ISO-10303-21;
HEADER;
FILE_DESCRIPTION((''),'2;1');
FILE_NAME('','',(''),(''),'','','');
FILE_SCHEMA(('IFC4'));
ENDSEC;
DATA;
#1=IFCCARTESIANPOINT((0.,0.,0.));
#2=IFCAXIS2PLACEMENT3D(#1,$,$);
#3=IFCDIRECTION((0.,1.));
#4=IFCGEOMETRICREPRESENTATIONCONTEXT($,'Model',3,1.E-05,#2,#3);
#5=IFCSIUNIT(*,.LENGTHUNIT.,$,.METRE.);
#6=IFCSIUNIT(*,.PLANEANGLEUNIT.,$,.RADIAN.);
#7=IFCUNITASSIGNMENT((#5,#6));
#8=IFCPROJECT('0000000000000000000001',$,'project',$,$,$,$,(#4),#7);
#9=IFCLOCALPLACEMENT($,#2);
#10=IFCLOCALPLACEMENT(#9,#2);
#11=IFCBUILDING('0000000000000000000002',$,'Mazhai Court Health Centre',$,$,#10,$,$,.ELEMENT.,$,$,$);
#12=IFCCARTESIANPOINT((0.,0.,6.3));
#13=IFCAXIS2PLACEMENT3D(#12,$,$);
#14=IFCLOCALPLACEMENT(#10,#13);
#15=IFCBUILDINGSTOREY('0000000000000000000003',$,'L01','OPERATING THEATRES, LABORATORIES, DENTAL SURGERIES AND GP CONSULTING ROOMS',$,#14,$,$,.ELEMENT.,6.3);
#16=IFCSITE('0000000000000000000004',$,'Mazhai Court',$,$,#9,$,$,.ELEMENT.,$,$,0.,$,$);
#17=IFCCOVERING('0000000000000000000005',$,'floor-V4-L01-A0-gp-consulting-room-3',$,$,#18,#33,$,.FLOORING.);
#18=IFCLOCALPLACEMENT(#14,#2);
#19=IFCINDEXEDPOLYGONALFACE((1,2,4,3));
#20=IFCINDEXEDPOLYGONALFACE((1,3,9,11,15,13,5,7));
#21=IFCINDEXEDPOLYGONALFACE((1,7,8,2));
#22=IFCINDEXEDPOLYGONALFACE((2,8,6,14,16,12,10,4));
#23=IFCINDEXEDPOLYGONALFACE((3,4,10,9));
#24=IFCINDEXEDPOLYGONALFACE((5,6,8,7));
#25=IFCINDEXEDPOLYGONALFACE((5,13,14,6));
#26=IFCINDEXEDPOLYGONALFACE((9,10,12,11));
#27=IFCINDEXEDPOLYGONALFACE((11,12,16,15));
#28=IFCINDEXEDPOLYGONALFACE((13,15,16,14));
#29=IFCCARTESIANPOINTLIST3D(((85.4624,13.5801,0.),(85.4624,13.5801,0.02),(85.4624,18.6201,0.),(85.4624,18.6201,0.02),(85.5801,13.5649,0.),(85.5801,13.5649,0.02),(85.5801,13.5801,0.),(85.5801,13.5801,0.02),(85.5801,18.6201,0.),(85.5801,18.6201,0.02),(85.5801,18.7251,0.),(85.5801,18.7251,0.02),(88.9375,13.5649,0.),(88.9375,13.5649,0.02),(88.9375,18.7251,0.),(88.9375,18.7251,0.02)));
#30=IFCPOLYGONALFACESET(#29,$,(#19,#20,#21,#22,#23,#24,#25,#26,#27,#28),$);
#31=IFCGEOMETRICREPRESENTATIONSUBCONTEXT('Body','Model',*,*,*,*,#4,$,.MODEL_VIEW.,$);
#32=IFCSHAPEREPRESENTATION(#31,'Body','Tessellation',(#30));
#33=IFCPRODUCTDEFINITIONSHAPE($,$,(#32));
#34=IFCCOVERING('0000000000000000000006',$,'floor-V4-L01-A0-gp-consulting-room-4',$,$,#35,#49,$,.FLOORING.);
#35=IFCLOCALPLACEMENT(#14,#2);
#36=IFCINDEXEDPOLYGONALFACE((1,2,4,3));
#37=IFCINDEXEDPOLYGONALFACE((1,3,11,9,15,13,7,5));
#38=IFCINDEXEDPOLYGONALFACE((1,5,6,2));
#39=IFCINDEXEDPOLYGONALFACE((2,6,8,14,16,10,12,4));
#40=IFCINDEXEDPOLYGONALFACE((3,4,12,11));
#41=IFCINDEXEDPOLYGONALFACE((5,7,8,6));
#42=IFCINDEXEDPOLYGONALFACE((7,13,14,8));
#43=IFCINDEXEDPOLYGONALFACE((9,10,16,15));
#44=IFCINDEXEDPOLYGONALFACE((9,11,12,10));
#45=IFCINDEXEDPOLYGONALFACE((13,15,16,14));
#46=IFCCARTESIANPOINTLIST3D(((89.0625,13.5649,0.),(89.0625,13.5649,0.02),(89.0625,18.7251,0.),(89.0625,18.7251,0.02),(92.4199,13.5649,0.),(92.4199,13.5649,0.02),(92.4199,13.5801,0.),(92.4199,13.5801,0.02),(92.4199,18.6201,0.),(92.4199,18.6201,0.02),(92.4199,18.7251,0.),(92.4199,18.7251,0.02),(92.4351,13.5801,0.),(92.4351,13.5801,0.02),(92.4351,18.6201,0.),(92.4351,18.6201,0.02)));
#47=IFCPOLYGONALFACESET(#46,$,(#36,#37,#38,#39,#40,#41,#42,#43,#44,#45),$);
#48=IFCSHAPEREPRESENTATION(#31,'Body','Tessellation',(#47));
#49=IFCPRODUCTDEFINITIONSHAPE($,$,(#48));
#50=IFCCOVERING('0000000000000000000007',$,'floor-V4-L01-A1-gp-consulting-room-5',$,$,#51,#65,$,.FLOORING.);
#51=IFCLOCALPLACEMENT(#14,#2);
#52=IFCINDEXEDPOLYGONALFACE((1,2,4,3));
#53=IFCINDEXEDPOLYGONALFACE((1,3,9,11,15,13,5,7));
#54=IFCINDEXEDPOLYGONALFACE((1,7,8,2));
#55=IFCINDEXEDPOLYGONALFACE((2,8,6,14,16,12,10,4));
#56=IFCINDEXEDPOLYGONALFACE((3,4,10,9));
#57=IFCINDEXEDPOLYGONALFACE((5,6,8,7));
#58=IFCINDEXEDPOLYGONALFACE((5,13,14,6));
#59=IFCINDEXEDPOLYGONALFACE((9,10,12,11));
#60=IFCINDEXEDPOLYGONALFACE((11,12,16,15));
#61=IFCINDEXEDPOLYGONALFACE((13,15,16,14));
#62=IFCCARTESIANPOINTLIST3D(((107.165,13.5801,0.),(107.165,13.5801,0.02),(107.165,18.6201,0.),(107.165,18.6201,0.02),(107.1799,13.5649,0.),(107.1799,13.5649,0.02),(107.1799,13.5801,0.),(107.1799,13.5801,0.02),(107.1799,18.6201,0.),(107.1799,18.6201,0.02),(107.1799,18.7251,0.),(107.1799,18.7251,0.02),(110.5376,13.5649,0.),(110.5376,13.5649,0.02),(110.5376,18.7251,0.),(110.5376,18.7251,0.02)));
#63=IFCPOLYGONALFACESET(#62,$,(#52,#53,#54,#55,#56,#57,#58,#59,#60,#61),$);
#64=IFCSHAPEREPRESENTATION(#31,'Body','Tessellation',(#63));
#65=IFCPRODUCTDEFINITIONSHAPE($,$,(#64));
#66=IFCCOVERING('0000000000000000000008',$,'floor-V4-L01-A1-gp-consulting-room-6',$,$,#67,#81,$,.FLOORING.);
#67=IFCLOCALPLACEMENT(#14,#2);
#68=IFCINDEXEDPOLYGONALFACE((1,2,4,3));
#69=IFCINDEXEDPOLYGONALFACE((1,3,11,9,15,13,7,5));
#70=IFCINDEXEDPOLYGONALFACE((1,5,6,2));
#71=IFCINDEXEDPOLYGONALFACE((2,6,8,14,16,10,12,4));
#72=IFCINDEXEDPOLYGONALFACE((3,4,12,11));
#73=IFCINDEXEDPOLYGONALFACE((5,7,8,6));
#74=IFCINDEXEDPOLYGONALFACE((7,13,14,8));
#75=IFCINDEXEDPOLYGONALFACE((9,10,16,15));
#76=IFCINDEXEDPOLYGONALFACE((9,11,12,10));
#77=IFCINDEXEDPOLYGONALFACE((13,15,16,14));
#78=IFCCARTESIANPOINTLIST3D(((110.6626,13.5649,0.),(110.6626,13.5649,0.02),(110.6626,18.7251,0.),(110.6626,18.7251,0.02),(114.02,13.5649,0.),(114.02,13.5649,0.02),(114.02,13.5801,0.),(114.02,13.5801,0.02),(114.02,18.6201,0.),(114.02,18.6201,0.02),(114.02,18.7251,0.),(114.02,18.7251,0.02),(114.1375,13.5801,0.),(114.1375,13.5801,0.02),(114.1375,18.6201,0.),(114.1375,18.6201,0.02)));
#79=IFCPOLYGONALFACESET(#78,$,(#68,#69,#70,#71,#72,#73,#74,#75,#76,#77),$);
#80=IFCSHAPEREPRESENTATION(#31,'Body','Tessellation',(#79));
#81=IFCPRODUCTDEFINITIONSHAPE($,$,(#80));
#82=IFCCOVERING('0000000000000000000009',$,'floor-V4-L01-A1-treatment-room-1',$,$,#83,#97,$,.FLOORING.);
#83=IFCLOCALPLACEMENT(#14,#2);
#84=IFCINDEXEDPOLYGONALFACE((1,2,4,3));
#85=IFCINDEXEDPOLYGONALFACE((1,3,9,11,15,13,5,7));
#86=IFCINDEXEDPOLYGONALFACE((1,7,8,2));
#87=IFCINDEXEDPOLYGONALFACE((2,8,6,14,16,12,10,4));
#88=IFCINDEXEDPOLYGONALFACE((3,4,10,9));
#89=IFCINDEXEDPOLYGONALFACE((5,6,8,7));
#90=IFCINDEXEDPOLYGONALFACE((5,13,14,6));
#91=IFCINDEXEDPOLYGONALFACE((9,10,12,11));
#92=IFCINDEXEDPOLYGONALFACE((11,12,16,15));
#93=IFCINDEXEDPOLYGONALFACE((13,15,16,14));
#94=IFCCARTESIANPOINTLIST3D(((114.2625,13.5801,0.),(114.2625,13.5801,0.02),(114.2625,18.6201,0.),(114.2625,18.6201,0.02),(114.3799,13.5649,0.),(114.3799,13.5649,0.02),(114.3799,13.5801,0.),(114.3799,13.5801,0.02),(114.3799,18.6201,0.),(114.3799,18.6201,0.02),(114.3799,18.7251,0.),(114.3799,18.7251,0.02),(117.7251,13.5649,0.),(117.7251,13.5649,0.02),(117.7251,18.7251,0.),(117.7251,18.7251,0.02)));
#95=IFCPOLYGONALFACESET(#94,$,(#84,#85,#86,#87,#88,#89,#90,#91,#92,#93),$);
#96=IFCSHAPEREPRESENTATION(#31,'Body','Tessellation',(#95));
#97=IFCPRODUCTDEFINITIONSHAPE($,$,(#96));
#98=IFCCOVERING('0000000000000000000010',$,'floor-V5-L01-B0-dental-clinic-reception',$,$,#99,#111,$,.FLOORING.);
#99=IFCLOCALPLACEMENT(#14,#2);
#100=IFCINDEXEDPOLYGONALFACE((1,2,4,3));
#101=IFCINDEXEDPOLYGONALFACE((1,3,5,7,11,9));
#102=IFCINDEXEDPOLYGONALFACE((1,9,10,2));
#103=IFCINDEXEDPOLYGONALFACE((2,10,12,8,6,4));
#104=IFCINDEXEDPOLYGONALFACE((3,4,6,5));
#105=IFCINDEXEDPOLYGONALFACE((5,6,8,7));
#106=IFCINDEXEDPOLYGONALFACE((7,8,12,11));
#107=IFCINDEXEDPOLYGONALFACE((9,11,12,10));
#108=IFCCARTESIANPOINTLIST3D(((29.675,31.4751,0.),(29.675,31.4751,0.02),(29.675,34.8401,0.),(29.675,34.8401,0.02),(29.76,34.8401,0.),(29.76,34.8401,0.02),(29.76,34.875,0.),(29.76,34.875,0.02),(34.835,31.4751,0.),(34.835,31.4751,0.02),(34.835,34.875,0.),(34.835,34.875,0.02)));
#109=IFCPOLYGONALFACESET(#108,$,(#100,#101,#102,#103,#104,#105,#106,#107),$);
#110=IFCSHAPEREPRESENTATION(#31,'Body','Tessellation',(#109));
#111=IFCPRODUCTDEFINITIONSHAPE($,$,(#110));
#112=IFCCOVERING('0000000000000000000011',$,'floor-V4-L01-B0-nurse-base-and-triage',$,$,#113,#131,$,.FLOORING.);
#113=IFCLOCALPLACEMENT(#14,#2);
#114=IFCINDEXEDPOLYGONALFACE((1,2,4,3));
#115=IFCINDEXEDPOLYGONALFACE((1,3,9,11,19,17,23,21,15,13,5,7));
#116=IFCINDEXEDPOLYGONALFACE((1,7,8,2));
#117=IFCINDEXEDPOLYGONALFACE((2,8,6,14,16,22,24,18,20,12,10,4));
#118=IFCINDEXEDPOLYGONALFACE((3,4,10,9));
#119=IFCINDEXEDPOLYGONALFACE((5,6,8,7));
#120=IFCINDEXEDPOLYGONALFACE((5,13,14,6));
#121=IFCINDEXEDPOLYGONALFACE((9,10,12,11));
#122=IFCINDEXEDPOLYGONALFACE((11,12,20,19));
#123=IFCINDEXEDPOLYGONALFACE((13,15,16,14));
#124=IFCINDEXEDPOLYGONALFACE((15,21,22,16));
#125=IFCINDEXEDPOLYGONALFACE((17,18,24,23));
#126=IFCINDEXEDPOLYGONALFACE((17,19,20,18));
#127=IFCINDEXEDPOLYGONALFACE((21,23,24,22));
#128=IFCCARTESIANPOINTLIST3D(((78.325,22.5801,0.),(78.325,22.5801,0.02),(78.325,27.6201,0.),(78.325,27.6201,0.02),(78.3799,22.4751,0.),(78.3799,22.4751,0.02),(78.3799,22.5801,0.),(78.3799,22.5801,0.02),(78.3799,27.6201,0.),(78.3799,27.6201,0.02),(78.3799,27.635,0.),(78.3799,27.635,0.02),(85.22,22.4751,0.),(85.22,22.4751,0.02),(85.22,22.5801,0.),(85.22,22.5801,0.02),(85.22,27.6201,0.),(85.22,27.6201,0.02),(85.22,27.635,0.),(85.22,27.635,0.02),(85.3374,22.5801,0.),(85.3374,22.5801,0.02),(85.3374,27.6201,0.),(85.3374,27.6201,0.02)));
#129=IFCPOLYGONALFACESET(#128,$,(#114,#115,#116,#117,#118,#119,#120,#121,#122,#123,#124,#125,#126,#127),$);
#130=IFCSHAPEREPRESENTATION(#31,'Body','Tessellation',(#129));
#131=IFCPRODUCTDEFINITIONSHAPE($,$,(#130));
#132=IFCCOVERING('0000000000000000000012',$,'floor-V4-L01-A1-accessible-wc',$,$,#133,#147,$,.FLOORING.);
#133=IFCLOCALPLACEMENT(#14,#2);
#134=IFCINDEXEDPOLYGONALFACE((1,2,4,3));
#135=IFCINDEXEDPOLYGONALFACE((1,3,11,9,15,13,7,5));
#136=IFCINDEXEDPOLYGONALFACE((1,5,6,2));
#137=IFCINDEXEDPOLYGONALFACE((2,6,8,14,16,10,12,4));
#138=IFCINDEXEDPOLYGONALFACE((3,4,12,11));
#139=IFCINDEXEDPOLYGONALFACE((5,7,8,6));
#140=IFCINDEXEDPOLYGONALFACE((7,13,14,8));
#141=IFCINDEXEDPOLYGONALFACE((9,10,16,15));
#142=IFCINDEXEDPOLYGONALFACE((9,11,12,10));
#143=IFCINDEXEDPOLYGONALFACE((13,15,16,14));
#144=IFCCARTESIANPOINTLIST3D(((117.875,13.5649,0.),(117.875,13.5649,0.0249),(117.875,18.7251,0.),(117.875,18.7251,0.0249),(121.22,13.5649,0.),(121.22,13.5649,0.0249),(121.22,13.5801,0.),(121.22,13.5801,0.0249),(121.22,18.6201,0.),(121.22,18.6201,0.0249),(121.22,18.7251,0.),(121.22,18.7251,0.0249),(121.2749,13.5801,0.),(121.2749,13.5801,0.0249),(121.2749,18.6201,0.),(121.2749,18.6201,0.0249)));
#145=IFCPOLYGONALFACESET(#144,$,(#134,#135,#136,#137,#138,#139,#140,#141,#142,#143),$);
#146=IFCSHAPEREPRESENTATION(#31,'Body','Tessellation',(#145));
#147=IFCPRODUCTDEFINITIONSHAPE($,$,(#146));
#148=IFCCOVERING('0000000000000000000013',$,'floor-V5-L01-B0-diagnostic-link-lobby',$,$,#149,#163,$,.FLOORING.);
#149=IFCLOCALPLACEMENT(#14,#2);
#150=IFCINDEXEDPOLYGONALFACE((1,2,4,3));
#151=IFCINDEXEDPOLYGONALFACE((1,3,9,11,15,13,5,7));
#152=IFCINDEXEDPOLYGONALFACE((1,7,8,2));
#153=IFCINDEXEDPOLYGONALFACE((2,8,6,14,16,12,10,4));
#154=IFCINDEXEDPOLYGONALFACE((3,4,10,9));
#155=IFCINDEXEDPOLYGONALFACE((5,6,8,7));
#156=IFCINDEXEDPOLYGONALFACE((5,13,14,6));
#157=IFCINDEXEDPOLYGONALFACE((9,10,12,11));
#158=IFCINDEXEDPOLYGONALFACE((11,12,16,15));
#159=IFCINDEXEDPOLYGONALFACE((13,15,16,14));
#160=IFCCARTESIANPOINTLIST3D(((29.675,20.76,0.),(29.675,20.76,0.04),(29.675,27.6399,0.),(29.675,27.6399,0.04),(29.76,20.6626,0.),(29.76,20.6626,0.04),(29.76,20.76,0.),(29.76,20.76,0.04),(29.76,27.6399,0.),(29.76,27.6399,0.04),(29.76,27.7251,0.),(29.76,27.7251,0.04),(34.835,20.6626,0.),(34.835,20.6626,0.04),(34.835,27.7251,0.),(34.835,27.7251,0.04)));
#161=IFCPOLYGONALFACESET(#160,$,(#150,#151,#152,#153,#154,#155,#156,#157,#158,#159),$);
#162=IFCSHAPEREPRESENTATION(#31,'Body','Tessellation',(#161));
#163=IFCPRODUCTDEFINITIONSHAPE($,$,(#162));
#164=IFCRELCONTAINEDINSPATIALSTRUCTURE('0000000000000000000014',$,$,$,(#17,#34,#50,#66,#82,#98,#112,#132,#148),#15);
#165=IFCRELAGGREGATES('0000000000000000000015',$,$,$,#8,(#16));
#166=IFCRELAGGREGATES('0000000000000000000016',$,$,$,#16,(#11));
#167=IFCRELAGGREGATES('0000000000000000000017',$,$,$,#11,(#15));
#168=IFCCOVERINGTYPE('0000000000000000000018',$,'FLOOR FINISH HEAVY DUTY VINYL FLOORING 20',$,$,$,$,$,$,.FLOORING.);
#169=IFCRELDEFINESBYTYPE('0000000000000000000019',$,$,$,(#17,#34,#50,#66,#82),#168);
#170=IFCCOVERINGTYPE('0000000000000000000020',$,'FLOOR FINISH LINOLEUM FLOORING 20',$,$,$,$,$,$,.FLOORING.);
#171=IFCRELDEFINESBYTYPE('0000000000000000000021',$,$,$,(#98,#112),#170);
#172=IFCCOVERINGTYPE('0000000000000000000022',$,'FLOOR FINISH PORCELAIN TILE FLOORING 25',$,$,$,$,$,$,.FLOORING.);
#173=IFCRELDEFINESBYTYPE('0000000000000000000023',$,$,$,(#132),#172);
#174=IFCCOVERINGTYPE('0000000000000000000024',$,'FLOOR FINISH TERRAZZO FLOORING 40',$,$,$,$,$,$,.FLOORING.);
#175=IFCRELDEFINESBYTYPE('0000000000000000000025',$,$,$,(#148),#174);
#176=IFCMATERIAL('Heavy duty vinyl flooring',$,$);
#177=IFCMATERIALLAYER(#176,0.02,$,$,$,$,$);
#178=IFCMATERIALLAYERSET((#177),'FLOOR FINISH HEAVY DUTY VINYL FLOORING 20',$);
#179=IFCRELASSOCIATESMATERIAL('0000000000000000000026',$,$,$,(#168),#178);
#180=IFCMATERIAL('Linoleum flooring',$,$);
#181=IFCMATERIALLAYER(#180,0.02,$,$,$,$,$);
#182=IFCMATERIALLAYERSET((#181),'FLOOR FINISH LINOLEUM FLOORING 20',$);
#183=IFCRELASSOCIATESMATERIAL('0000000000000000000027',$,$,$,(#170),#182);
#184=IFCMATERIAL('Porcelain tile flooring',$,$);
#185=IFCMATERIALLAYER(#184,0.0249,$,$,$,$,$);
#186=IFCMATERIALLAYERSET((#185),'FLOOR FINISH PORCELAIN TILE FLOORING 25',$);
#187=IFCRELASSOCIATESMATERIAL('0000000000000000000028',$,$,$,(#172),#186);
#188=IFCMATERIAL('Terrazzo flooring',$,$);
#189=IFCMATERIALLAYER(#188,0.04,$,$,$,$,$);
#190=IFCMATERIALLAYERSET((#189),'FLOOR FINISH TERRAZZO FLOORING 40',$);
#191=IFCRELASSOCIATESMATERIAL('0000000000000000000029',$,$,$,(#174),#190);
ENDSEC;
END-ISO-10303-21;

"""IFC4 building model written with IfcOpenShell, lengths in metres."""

from ifc_helpers import new_model, si_unit, direction, frame, origin, place, context, subcontext, project, spatial, polyline, outline, extrude, material, layer, layer_set, type_object, element, save


model = new_model("IFC4")

# Units and contexts
model_context = context("Model", 3, precision=1e-05, world=origin(), true_north=direction((0.0, 1.0)))
body_context = subcontext(model_context, "Body", "Model", "MODEL_VIEW")
ifc_project = project(units=[si_unit("LENGTHUNIT", "METRE"), si_unit("PLANEANGLEUNIT", "RADIAN")], contexts=[model_context])

# Site, building, storey
site_placement = place(None, origin())
site = spatial("IfcSite", under=ifc_project, at=site_placement, Name="Mazhai Court", CompositionType="ELEMENT", RefElevation=0.0)
building_placement = place(site_placement, origin())
building = spatial("IfcBuilding", under=site, at=building_placement, Name="Mazhai Court Health Centre", CompositionType="ELEMENT")
storey_placement = place(building_placement, frame((0.0, 0.0, 6.3)))
storey = spatial("IfcBuildingStorey", under=building, at=storey_placement, Name="L01", Description="OPERATING THEATRES, LABORATORIES, DENTAL SURGERIES AND GP CONSULTING ROOMS", CompositionType="ELEMENT", Elevation=6.3)

# Coverings
ifc_material_1 = material(Name="Heavy duty vinyl flooring")
ifc_layer_1 = layer(ifc_material_1, 0.02)
ifc_layer_set_1 = layer_set([ifc_layer_1], Name="FLOOR FINISH HEAVY DUTY VINYL FLOORING 20")
covering_type_1 = type_object("IfcCoveringType", Name="FLOOR FINISH HEAVY DUTY VINYL FLOORING 20", PredefinedType="FLOORING", material=ifc_layer_set_1)
covering_1_placement = place(storey_placement, origin())
element("IfcCovering", 1, at=covering_1_placement, inside=storey, type_object=covering_type_1, Name="floor-V4-L01-A0-gp-consulting-room-3", PredefinedType="FLOORING", context=body_context, shape_type="SweptSolid", body=[
    extrude(outline(polyline([(85.5801, 18.7251), (85.5801, 18.6201), (85.4624, 18.6201), (85.4624, 13.5801), (85.5801, 13.5801), (85.5801, 13.5649), (88.9375, 13.5649), (88.9375, 18.7251), (85.5801, 18.7251)])), origin(), (0.0, 0.0, 1.0), 0.02),
])
covering_2_placement = place(storey_placement, origin())
element("IfcCovering", 2, at=covering_2_placement, inside=storey, type_object=covering_type_1, Name="floor-V4-L01-A0-gp-consulting-room-4", PredefinedType="FLOORING", context=body_context, shape_type="SweptSolid", body=[
    extrude(outline(polyline([(92.4351, 18.6201), (92.4199, 18.6201), (92.4199, 18.7251), (89.0625, 18.7251), (89.0625, 13.5649), (92.4199, 13.5649), (92.4199, 13.5801), (92.4351, 13.5801), (92.4351, 18.6201)])), origin(), (0.0, 0.0, 1.0), 0.02),
])
covering_3_placement = place(storey_placement, origin())
element("IfcCovering", 3, at=covering_3_placement, inside=storey, type_object=covering_type_1, Name="floor-V4-L01-A1-gp-consulting-room-5", PredefinedType="FLOORING", context=body_context, shape_type="SweptSolid", body=[
    extrude(outline(polyline([(107.1799, 18.7251), (107.1799, 18.6201), (107.165, 18.6201), (107.165, 13.5801), (107.1799, 13.5801), (107.1799, 13.5649), (110.5376, 13.5649), (110.5376, 18.7251), (107.1799, 18.7251)])), origin(), (0.0, 0.0, 1.0), 0.02),
])
covering_4_placement = place(storey_placement, origin())
element("IfcCovering", 4, at=covering_4_placement, inside=storey, type_object=covering_type_1, Name="floor-V4-L01-A1-gp-consulting-room-6", PredefinedType="FLOORING", context=body_context, shape_type="SweptSolid", body=[
    extrude(outline(polyline([(114.1375, 18.6201), (114.02, 18.6201), (114.02, 18.7251), (110.6626, 18.7251), (110.6626, 13.5649), (114.02, 13.5649), (114.02, 13.5801), (114.1375, 13.5801), (114.1375, 18.6201)])), origin(), (0.0, 0.0, 1.0), 0.02),
])
covering_5_placement = place(storey_placement, origin())
element("IfcCovering", 5, at=covering_5_placement, inside=storey, type_object=covering_type_1, Name="floor-V4-L01-A1-treatment-room-1", PredefinedType="FLOORING", context=body_context, shape_type="SweptSolid", body=[
    extrude(outline(polyline([(114.3799, 18.7251), (114.3799, 18.6201), (114.2625, 18.6201), (114.2625, 13.5801), (114.3799, 13.5801), (114.3799, 13.5649), (117.7251, 13.5649), (117.7251, 18.7251), (114.3799, 18.7251)])), origin(), (0.0, 0.0, 1.0), 0.02),
])
ifc_material_2 = material(Name="Linoleum flooring")
ifc_layer_2 = layer(ifc_material_2, 0.02)
ifc_layer_set_2 = layer_set([ifc_layer_2], Name="FLOOR FINISH LINOLEUM FLOORING 20")
covering_type_2 = type_object("IfcCoveringType", Name="FLOOR FINISH LINOLEUM FLOORING 20", PredefinedType="FLOORING", material=ifc_layer_set_2)
covering_6_placement = place(storey_placement, origin())
element("IfcCovering", 6, at=covering_6_placement, inside=storey, type_object=covering_type_2, Name="floor-V5-L01-B0-dental-clinic-reception", PredefinedType="FLOORING", context=body_context, shape_type="SweptSolid", body=[
    extrude(outline(polyline([(29.76, 34.875), (29.76, 34.8401), (29.675, 34.8401), (29.675, 31.4751), (34.835, 31.4751), (34.835, 34.875), (29.76, 34.875)])), origin(), (0.0, 0.0, 1.0), 0.02),
])
covering_7_placement = place(storey_placement, origin())
element("IfcCovering", 7, at=covering_7_placement, inside=storey, type_object=covering_type_2, Name="floor-V4-L01-B0-nurse-base-and-triage", PredefinedType="FLOORING", context=body_context, shape_type="SweptSolid", body=[
    extrude(outline(polyline([(85.3374, 27.6201), (85.22, 27.6201), (85.22, 27.635), (78.3799, 27.635), (78.3799, 27.6201), (78.325, 27.6201), (78.325, 22.5801), (78.3799, 22.5801), (78.3799, 22.4751), (85.22, 22.4751), (85.22, 22.5801), (85.3374, 22.5801), (85.3374, 27.6201)])), origin(), (0.0, 0.0, 1.0), 0.02),
])
ifc_material_3 = material(Name="Porcelain tile flooring")
ifc_layer_3 = layer(ifc_material_3, 0.0249)
ifc_layer_set_3 = layer_set([ifc_layer_3], Name="FLOOR FINISH PORCELAIN TILE FLOORING 25")
covering_type_3 = type_object("IfcCoveringType", Name="FLOOR FINISH PORCELAIN TILE FLOORING 25", PredefinedType="FLOORING", material=ifc_layer_set_3)
covering_8_placement = place(storey_placement, origin())
element("IfcCovering", 8, at=covering_8_placement, inside=storey, type_object=covering_type_3, Name="floor-V4-L01-A1-accessible-wc", PredefinedType="FLOORING", context=body_context, shape_type="SweptSolid", body=[
    extrude(outline(polyline([(121.2749, 18.6201), (121.22, 18.6201), (121.22, 18.7251), (117.875, 18.7251), (117.875, 13.5649), (121.22, 13.5649), (121.22, 13.5801), (121.2749, 13.5801), (121.2749, 18.6201)])), origin(), (0.0, 0.0, 1.0), 0.0249),
])
ifc_material_4 = material(Name="Terrazzo flooring")
ifc_layer_4 = layer(ifc_material_4, 0.04)
ifc_layer_set_4 = layer_set([ifc_layer_4], Name="FLOOR FINISH TERRAZZO FLOORING 40")
covering_type_4 = type_object("IfcCoveringType", Name="FLOOR FINISH TERRAZZO FLOORING 40", PredefinedType="FLOORING", material=ifc_layer_set_4)
covering_9_placement = place(storey_placement, origin())
element("IfcCovering", 9, at=covering_9_placement, inside=storey, type_object=covering_type_4, Name="floor-V5-L01-B0-diagnostic-link-lobby", PredefinedType="FLOORING", context=body_context, shape_type="SweptSolid", body=[
    extrude(outline(polyline([(29.76, 27.7251), (29.76, 27.6399), (29.675, 27.6399), (29.675, 20.76), (29.76, 20.76), (29.76, 20.6626), (34.835, 20.6626), (34.835, 27.7251), (29.76, 27.7251)])), origin(), (0.0, 0.0, 1.0), 0.04),
])

save(model, "model.ifc")
